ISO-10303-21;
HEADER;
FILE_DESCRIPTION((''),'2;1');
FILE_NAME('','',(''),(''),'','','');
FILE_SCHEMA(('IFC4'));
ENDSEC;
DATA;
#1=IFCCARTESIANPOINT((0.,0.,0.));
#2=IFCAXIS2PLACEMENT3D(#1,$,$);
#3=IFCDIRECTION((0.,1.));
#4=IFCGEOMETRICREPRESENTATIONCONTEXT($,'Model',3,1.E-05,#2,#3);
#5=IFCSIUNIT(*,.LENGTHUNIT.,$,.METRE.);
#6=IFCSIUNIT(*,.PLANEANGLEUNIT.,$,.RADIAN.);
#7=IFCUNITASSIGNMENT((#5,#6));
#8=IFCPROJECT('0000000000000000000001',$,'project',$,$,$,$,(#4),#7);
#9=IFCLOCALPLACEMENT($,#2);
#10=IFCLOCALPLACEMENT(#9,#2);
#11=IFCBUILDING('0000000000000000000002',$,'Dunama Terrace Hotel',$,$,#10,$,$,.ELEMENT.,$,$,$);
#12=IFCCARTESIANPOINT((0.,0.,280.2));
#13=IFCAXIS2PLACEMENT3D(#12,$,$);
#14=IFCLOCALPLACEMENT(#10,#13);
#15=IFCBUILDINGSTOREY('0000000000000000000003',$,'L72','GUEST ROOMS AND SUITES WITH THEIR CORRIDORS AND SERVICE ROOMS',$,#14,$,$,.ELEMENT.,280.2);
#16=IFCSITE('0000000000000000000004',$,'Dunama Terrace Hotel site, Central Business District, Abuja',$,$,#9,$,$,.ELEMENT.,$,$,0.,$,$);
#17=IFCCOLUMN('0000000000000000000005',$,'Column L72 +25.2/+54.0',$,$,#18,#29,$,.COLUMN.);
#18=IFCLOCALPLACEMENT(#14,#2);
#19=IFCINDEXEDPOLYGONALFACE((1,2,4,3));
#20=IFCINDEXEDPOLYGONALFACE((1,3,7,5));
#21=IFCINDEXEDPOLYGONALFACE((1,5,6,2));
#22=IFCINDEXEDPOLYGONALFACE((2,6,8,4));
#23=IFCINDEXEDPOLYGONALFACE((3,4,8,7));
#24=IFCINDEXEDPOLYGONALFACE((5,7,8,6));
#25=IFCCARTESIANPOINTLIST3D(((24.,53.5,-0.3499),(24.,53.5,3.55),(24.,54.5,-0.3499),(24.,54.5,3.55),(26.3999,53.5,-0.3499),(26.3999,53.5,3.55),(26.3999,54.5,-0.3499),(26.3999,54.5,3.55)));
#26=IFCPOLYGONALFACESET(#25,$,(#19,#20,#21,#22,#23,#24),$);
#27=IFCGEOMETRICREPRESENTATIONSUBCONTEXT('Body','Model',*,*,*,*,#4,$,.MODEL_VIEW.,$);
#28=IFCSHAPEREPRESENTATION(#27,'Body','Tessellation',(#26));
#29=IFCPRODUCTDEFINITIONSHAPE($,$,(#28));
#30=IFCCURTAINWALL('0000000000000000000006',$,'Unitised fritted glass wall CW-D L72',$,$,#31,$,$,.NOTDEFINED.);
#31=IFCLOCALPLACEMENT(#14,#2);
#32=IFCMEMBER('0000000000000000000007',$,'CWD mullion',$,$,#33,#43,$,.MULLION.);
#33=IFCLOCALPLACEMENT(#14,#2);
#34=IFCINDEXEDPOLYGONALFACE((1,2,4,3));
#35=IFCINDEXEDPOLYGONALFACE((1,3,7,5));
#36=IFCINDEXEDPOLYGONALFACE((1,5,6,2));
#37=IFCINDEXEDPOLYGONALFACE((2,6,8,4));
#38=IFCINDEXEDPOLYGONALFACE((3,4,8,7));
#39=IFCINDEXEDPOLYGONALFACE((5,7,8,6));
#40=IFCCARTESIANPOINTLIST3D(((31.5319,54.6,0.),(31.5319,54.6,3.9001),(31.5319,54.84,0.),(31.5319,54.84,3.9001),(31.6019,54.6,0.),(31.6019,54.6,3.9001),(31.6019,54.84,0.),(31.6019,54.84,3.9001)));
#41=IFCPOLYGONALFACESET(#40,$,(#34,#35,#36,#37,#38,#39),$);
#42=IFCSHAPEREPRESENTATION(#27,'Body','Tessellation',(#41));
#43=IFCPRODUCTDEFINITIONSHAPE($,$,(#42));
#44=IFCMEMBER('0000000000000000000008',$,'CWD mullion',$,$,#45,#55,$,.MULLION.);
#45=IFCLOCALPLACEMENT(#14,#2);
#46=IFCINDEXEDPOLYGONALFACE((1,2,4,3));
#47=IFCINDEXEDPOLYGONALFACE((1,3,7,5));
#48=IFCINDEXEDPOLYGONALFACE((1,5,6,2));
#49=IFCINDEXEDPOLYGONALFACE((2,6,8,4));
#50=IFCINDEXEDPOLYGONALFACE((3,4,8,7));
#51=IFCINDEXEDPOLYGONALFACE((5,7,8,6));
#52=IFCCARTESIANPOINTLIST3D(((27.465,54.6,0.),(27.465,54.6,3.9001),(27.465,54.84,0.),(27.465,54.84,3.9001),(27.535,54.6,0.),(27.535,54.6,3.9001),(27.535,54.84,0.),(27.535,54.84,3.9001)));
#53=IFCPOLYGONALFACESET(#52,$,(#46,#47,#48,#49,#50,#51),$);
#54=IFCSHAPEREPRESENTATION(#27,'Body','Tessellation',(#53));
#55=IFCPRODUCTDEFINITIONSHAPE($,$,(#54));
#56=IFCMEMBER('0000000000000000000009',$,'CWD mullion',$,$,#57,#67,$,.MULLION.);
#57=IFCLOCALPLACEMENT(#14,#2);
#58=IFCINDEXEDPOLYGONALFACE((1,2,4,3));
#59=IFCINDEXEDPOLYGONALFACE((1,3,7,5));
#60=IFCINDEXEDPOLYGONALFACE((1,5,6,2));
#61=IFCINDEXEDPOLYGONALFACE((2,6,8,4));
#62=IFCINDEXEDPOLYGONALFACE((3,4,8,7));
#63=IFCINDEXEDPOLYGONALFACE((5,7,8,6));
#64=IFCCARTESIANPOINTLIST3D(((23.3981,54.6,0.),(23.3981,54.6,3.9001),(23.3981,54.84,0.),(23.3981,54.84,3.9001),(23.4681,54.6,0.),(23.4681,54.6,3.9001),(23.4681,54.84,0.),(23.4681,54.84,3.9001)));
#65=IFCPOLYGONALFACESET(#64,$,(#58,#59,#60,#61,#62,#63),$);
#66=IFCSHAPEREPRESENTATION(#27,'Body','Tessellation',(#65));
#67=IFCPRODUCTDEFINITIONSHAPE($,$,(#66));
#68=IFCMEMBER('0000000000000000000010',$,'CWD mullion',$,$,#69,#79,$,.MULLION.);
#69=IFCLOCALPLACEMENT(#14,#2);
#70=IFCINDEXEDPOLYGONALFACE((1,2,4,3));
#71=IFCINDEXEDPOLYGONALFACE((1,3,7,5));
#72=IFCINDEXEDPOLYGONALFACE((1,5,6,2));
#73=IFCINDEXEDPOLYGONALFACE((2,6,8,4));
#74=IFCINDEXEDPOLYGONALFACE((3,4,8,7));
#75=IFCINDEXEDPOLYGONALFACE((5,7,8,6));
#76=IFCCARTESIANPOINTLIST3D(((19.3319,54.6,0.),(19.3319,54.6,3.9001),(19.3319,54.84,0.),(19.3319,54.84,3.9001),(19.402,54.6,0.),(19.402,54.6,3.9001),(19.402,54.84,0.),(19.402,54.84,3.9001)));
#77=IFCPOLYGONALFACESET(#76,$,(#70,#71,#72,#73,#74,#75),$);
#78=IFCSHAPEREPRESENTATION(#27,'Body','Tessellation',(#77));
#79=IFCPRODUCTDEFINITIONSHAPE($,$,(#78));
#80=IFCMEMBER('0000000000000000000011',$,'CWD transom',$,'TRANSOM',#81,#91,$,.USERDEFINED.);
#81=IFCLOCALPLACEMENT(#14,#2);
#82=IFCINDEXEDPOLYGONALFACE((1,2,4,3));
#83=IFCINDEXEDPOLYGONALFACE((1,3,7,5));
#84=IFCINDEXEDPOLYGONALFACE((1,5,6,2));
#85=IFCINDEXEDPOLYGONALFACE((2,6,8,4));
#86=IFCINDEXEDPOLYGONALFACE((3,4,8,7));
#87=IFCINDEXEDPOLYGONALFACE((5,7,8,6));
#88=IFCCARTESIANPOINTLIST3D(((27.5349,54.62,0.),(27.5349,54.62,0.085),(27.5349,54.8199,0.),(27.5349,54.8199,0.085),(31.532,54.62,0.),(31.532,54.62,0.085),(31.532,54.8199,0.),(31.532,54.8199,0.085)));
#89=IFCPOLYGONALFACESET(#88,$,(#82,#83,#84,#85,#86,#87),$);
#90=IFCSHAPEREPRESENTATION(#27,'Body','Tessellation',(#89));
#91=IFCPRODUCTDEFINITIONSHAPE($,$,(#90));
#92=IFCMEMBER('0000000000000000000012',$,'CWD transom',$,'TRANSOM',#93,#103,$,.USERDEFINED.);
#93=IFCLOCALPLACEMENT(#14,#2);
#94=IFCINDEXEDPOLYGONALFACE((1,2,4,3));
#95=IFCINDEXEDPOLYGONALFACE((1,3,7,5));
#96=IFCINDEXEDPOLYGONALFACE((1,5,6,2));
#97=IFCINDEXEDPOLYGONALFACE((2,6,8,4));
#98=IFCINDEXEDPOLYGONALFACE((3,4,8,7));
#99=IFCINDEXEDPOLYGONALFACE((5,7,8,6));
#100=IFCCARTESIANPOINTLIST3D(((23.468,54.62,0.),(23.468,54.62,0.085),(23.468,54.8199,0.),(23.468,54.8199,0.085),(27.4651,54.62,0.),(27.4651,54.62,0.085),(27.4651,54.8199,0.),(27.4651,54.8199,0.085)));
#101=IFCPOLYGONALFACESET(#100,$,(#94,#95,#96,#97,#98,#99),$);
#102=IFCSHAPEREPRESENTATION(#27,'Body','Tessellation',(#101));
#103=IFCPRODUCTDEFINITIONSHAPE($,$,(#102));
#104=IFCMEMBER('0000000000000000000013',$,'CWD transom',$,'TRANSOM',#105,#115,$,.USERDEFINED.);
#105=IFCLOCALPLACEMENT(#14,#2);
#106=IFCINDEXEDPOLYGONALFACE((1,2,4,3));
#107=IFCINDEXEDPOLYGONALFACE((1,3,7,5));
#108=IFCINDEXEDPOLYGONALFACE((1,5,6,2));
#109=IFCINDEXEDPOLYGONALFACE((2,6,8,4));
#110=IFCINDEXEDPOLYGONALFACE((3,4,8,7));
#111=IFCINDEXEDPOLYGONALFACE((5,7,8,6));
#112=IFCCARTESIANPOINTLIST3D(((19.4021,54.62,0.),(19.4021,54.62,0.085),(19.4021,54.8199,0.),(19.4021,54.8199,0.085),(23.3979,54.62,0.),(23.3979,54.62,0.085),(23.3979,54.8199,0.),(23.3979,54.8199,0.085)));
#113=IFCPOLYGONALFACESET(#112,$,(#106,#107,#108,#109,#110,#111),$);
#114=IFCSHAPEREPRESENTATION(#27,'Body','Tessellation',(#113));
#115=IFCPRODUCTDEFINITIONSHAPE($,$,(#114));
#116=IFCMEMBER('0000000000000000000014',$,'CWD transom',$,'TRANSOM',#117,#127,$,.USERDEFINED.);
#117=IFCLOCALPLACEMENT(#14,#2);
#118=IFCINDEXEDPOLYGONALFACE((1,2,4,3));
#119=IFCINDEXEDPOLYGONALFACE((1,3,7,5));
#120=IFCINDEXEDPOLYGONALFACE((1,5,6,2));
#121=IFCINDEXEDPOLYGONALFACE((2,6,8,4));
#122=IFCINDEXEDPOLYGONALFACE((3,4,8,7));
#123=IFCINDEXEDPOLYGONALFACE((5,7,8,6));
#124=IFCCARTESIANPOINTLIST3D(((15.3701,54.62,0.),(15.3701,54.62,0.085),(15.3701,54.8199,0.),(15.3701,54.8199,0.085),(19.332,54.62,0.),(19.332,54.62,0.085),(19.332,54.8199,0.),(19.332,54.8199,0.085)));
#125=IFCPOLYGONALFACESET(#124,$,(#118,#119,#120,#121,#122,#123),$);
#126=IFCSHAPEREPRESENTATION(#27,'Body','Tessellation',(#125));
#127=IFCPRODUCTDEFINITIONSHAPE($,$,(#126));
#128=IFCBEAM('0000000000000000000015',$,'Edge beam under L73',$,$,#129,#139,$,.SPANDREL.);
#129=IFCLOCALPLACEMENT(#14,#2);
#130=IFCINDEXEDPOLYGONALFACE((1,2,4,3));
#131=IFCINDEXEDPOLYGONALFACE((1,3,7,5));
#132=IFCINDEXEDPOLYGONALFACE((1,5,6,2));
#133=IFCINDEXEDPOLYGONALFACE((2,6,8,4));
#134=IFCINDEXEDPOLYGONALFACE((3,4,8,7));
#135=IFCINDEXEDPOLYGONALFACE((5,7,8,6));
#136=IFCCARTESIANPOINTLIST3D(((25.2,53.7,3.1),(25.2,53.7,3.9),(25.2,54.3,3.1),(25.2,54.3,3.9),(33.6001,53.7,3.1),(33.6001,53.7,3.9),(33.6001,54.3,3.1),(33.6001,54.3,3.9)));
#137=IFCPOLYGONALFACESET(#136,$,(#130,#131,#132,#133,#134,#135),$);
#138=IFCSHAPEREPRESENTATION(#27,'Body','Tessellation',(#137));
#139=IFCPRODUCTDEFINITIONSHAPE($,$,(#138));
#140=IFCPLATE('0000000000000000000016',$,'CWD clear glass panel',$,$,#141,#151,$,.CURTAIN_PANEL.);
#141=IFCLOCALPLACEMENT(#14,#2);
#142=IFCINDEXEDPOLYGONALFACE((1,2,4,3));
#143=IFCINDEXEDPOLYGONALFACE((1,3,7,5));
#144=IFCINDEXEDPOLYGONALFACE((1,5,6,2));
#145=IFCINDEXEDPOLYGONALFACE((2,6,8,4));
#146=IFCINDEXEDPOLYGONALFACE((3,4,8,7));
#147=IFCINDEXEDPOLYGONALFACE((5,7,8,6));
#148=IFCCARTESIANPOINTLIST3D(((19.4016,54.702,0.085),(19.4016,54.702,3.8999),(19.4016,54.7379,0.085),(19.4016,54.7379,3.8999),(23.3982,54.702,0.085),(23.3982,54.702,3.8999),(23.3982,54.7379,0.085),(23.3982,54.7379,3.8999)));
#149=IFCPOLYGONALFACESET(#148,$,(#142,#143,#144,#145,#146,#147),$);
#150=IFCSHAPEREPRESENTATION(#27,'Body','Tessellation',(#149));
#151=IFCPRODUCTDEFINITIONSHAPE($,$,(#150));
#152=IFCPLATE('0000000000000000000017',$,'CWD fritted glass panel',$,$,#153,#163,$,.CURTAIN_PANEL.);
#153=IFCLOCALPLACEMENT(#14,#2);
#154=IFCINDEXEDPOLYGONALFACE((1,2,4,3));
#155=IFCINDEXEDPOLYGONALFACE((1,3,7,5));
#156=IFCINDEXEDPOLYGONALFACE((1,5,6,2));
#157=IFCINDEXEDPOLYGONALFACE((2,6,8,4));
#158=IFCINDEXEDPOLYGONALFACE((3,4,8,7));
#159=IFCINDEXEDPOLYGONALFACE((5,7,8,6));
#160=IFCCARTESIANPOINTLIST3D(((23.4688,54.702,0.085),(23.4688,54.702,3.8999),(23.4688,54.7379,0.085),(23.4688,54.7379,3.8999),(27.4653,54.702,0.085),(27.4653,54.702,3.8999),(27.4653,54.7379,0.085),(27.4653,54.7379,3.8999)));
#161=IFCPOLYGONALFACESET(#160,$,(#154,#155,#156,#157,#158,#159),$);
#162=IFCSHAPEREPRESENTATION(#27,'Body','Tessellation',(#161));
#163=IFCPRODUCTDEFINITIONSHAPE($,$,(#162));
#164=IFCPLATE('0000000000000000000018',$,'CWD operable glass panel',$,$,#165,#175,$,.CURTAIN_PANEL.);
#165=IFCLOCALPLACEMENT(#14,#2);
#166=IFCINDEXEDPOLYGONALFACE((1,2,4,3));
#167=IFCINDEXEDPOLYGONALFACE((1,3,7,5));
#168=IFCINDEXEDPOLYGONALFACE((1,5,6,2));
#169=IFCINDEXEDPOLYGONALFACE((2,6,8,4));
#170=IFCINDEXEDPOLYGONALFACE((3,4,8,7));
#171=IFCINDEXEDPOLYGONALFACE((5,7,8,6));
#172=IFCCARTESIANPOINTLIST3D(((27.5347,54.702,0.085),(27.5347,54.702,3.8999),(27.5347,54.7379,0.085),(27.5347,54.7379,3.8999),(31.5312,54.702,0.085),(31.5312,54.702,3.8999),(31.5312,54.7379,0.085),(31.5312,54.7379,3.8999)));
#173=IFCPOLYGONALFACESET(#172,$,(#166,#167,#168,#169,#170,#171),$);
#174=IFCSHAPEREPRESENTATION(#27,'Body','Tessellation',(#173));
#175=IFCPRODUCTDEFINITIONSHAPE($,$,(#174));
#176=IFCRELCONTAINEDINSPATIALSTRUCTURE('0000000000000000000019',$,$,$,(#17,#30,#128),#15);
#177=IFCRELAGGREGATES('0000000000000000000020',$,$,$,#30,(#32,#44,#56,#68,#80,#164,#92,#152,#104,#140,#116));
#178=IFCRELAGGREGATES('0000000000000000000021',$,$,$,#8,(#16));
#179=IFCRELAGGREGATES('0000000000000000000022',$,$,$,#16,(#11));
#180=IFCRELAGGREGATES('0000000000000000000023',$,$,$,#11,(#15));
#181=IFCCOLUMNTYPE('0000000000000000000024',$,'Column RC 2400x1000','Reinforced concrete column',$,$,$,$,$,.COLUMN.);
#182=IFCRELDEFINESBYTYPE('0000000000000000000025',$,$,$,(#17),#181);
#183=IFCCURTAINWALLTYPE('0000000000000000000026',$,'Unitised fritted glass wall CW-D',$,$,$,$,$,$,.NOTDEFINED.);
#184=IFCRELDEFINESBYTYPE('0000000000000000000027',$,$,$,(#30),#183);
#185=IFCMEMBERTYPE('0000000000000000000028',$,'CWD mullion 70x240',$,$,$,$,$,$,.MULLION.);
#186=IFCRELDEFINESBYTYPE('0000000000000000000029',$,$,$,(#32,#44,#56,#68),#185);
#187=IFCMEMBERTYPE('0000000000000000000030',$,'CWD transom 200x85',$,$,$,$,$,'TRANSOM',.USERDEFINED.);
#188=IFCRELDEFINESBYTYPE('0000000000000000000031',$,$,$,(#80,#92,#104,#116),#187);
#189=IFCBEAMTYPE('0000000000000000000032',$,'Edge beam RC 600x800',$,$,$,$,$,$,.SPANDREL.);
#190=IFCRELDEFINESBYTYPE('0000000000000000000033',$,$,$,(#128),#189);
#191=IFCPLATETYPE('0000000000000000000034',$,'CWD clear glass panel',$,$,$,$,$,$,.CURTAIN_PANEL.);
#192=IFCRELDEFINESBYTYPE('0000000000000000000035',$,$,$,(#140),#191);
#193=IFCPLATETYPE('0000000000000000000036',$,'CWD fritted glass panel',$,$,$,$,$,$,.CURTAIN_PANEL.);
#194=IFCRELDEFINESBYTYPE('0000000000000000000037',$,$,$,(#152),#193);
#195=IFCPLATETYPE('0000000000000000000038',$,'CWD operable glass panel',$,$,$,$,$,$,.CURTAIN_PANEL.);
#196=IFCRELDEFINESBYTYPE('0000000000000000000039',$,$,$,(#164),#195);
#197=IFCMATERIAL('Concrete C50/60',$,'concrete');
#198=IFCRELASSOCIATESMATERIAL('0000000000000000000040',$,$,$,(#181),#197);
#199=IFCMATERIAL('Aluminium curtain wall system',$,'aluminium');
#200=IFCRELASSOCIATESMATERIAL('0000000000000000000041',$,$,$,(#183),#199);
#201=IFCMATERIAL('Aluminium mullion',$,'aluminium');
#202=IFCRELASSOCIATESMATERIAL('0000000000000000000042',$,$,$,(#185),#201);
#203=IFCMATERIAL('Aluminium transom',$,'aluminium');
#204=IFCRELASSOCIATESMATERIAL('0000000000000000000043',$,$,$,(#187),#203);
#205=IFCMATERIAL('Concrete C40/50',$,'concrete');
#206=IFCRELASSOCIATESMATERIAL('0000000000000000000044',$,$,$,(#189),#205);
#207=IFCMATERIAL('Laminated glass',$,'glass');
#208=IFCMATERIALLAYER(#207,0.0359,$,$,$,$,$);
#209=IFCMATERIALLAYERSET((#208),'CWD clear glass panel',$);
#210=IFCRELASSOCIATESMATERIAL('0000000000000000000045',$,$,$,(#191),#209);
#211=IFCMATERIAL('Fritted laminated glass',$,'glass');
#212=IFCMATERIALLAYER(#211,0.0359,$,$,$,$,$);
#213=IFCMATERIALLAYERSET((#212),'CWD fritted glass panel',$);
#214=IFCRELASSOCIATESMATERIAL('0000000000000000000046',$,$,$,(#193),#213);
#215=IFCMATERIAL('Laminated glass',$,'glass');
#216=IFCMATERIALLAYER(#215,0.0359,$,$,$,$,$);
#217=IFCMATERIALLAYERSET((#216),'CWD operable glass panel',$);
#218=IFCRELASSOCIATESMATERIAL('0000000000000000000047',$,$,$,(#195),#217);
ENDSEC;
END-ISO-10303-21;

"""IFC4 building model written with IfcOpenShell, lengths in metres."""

from ifc_helpers import new_model, si_unit, direction, frame, origin, origin_2d, place, context, subcontext, project, spatial, rectangle, extrude, material, layer, layer_set, material_profile, profile_set, type_object, element, aggregate, save


model = new_model("IFC4")

# Units and contexts
model_context = context("Model", 3, precision=1e-05, world=origin(), true_north=direction((0.0, 1.0)))
body_context = subcontext(model_context, "Body", "Model", "MODEL_VIEW")
ifc_project = project(units=[si_unit("LENGTHUNIT", "METRE"), si_unit("PLANEANGLEUNIT", "RADIAN")], contexts=[model_context])

# Site, building, storey
site_placement = place(None, origin())
site = spatial("IfcSite", under=ifc_project, at=site_placement, Name="Dunama Terrace Hotel site, Central Business District, Abuja", CompositionType="ELEMENT", RefElevation=0.0)
building_placement = place(site_placement, origin())
building = spatial("IfcBuilding", under=site, at=building_placement, Name="Dunama Terrace Hotel", CompositionType="ELEMENT")
storey_placement = place(building_placement, frame((0.0, 0.0, 280.2)))
storey = spatial("IfcBuildingStorey", under=building, at=storey_placement, Name="L72", Description="GUEST ROOMS AND SUITES WITH THEIR CORRIDORS AND SERVICE ROOMS", CompositionType="ELEMENT", Elevation=280.2)

# Column
ifc_material_1 = material(Name="Concrete C50/60", Category="concrete")
ifc_material_profile_1 = material_profile(ifc_material_1, rectangle(XDim=2.3999, YDim=1.0, at=origin_2d()), Name="RC 2400x1000")
ifc_profile_set_1 = profile_set([ifc_material_profile_1], Name="Concrete C50/60")
column_type = type_object("IfcColumnType", Name="Column RC 2400x1000", Description="Reinforced concrete column", PredefinedType="COLUMN", material=ifc_profile_set_1)
column_placement = place(storey_placement, frame((25.2, 54.0, -0.3499), z_axis=(0.0, 0.0, 1.0), x_axis=(1.0, 0.0, 0.0)))
element("IfcColumn", 1, at=column_placement, inside=storey, type_object=column_type, Name="Column L72 +25.2/+54.0", PredefinedType="COLUMN", context=body_context, shape_type="SweptSolid", body=[
    extrude(rectangle(XDim=2.3999, YDim=1.0, at=origin_2d()), origin(), (0.0, 0.0, 1.0), 3.8999),
])

# Curtain wall, members
ifc_material_2 = material(Name="Aluminium curtain wall system", Category="aluminium")
curtain_wall_type = type_object("IfcCurtainWallType", Name="Unitised fritted glass wall CW-D", PredefinedType="NOTDEFINED", material=ifc_material_2)
curtain_wall_placement = place(storey_placement, origin())
curtain_wall = element("IfcCurtainWall", 2, at=curtain_wall_placement, inside=storey, type_object=curtain_wall_type, Name="Unitised fritted glass wall CW-D L72", PredefinedType="NOTDEFINED")
ifc_material_3 = material(Name="Aluminium mullion", Category="aluminium")
ifc_material_profile_2 = material_profile(ifc_material_3, rectangle(XDim=0.0701, YDim=0.24, at=origin_2d()), Name="CWD MULLION 70X240")
ifc_profile_set_2 = profile_set([ifc_material_profile_2], Name="Aluminium mullion")
member_type_1 = type_object("IfcMemberType", Name="CWD mullion 70x240", PredefinedType="MULLION", material=ifc_profile_set_2)
member_1_placement = place(storey_placement, frame((31.5669, 54.72, 0.0), z_axis=(0.0, 0.0, 1.0), x_axis=(-1.0, 0.0, 0.0)))
member_1 = element("IfcMember", 3, at=member_1_placement, type_object=member_type_1, Name="CWD mullion", PredefinedType="MULLION", context=body_context, shape_type="SweptSolid", body=[
    extrude(rectangle(XDim=0.0701, YDim=0.24, at=origin_2d()), origin(), (0.0, 0.0, 1.0), 3.9001),
])
member_2_placement = place(storey_placement, frame((27.5, 54.72, 0.0), z_axis=(0.0, 0.0, 1.0), x_axis=(-1.0, 0.0, 0.0)))
member_2 = element("IfcMember", 4, at=member_2_placement, type_object=member_type_1, Name="CWD mullion", PredefinedType="MULLION", context=body_context, shape_type="SweptSolid", body=[
    extrude(rectangle(XDim=0.0701, YDim=0.24, at=origin_2d()), origin(), (0.0, 0.0, 1.0), 3.9001),
])
member_3_placement = place(storey_placement, frame((23.4331, 54.72, 0.0), z_axis=(0.0, 0.0, 1.0), x_axis=(-1.0, 0.0, 0.0)))
member_3 = element("IfcMember", 5, at=member_3_placement, type_object=member_type_1, Name="CWD mullion", PredefinedType="MULLION", context=body_context, shape_type="SweptSolid", body=[
    extrude(rectangle(XDim=0.0701, YDim=0.24, at=origin_2d()), origin(), (0.0, 0.0, 1.0), 3.9001),
])
member_4_placement = place(storey_placement, frame((19.3669, 54.72, 0.0), z_axis=(0.0, 0.0, 1.0), x_axis=(-1.0, 0.0, 0.0)))
member_4 = element("IfcMember", 6, at=member_4_placement, type_object=member_type_1, Name="CWD mullion", PredefinedType="MULLION", context=body_context, shape_type="SweptSolid", body=[
    extrude(rectangle(XDim=0.0701, YDim=0.24, at=origin_2d()), origin(), (0.0, 0.0, 1.0), 3.9001),
])
ifc_material_4 = material(Name="Aluminium transom", Category="aluminium")
ifc_material_profile_3 = material_profile(ifc_material_4, rectangle(XDim=0.2, YDim=0.085, at=origin_2d()), Name="CWD TRANSOM 200X85")
ifc_profile_set_3 = profile_set([ifc_material_profile_3], Name="Aluminium transom")
member_type_2 = type_object("IfcMemberType", Name="CWD transom 200x85", ElementType="TRANSOM", PredefinedType="USERDEFINED", material=ifc_profile_set_3)
member_5_placement = place(storey_placement, frame((31.532, 54.72, 0.0425), z_axis=(-1.0, 0.0, 0.0), x_axis=(0.0, -1.0, 0.0)))
member_5 = element("IfcMember", 7, at=member_5_placement, type_object=member_type_2, Name="CWD transom", ObjectType="TRANSOM", PredefinedType="USERDEFINED", context=body_context, shape_type="SweptSolid", body=[
    extrude(rectangle(XDim=0.2, YDim=0.085, at=origin_2d()), origin(), (0.0, 0.0, 1.0), 3.9971),
])
member_6_placement = place(storey_placement, frame((27.4651, 54.72, 0.0425), z_axis=(-1.0, 0.0, 0.0), x_axis=(0.0, -1.0, 0.0)))
member_6 = element("IfcMember", 8, at=member_6_placement, type_object=member_type_2, Name="CWD transom", ObjectType="TRANSOM", PredefinedType="USERDEFINED", context=body_context, shape_type="SweptSolid", body=[
    extrude(rectangle(XDim=0.2, YDim=0.085, at=origin_2d()), origin(), (0.0, 0.0, 1.0), 3.9971),
])
member_7_placement = place(storey_placement, frame((23.3979, 54.72, 0.0425), z_axis=(-1.0, 0.0, 0.0), x_axis=(0.0, -1.0, 0.0)))
member_7 = element("IfcMember", 9, at=member_7_placement, type_object=member_type_2, Name="CWD transom", ObjectType="TRANSOM", PredefinedType="USERDEFINED", context=body_context, shape_type="SweptSolid", body=[
    extrude(rectangle(XDim=0.2, YDim=0.085, at=origin_2d()), origin(), (0.0, 0.0, 1.0), 3.9958),
])
member_8_placement = place(storey_placement, frame((19.332, 54.72, 0.0425), z_axis=(-1.0, 0.0, 0.0), x_axis=(0.0, -1.0, 0.0)))
member_8 = element("IfcMember", 10, at=member_8_placement, type_object=member_type_2, Name="CWD transom", ObjectType="TRANSOM", PredefinedType="USERDEFINED", context=body_context, shape_type="SweptSolid", body=[
    extrude(rectangle(XDim=0.2, YDim=0.085, at=origin_2d()), origin(), (0.0, 0.0, 1.0), 3.9619),
])

# Beam
ifc_material_5 = material(Name="Concrete C40/50", Category="concrete")
ifc_material_profile_4 = material_profile(ifc_material_5, rectangle(XDim=0.6001, YDim=0.8, at=origin_2d()), Name="RC 600x800")
ifc_profile_set_4 = profile_set([ifc_material_profile_4], Name="Concrete C40/50")
beam_type = type_object("IfcBeamType", Name="Edge beam RC 600x800", PredefinedType="SPANDREL", material=ifc_profile_set_4)
beam_placement = place(storey_placement, frame((25.2, 54.0, 3.5), z_axis=(1.0, 0.0, 0.0), x_axis=(0.0, 1.0, 0.0)))
element("IfcBeam", 11, at=beam_placement, inside=storey, type_object=beam_type, Name="Edge beam under L73", PredefinedType="SPANDREL", context=body_context, shape_type="SweptSolid", body=[
    extrude(rectangle(XDim=0.6001, YDim=0.8, at=origin_2d()), origin(), (0.0, 0.0, 1.0), 8.4001),
])

# Plates
ifc_material_6 = material(Name="Laminated glass", Category="glass")
ifc_layer_1 = layer(ifc_material_6, 0.0359)
ifc_layer_set_1 = layer_set([ifc_layer_1], Name="CWD clear glass panel")
plate_type_1 = type_object("IfcPlateType", Name="CWD clear glass panel", PredefinedType="CURTAIN_PANEL", material=ifc_layer_set_1)
plate_1_placement = place(storey_placement, frame((21.3999, 54.72, 0.085), z_axis=(0.0, 0.0, 1.0), x_axis=(-1.0, 0.0, 0.0)))
plate_1 = element("IfcPlate", 12, at=plate_1_placement, type_object=plate_type_1, Name="CWD clear glass panel", PredefinedType="CURTAIN_PANEL", context=body_context, shape_type="SweptSolid", body=[
    extrude(rectangle(XDim=3.9966, YDim=0.0359, at=origin_2d()), origin(), (0.0, 0.0, 1.0), 3.8149),
])
ifc_material_7 = material(Name="Fritted laminated glass", Category="glass")
ifc_layer_2 = layer(ifc_material_7, 0.0359)
ifc_layer_set_2 = layer_set([ifc_layer_2], Name="CWD fritted glass panel")
plate_type_2 = type_object("IfcPlateType", Name="CWD fritted glass panel", PredefinedType="CURTAIN_PANEL", material=ifc_layer_set_2)
plate_2_placement = place(storey_placement, frame((25.467, 54.72, 0.085), z_axis=(0.0, 0.0, 1.0), x_axis=(-1.0, 0.0, 0.0)))
plate_2 = element("IfcPlate", 13, at=plate_2_placement, type_object=plate_type_2, Name="CWD fritted glass panel", PredefinedType="CURTAIN_PANEL", context=body_context, shape_type="SweptSolid", body=[
    extrude(rectangle(XDim=3.9966, YDim=0.0359, at=origin_2d()), origin(), (0.0, 0.0, 1.0), 3.8149),
])
ifc_material_8 = material(Name="Laminated glass", Category="glass")
ifc_layer_3 = layer(ifc_material_8, 0.0359)
ifc_layer_set_3 = layer_set([ifc_layer_3], Name="CWD operable glass panel")
plate_type_3 = type_object("IfcPlateType", Name="CWD operable glass panel", PredefinedType="CURTAIN_PANEL", material=ifc_layer_set_3)
plate_3_placement = place(storey_placement, frame((29.533, 54.72, 0.085), z_axis=(0.0, 0.0, 1.0), x_axis=(-1.0, 0.0, 0.0)))
plate_3 = element("IfcPlate", 14, at=plate_3_placement, type_object=plate_type_3, Name="CWD operable glass panel", PredefinedType="CURTAIN_PANEL", context=body_context, shape_type="SweptSolid", body=[
    extrude(rectangle(XDim=3.9966, YDim=0.0359, at=origin_2d()), origin(), (0.0, 0.0, 1.0), 3.8149),
])
aggregate(curtain_wall, [member_1, member_2, member_3, member_4, member_5, plate_3, member_6, plate_2, member_7, plate_1, member_8])

save(model, "model.ifc")
